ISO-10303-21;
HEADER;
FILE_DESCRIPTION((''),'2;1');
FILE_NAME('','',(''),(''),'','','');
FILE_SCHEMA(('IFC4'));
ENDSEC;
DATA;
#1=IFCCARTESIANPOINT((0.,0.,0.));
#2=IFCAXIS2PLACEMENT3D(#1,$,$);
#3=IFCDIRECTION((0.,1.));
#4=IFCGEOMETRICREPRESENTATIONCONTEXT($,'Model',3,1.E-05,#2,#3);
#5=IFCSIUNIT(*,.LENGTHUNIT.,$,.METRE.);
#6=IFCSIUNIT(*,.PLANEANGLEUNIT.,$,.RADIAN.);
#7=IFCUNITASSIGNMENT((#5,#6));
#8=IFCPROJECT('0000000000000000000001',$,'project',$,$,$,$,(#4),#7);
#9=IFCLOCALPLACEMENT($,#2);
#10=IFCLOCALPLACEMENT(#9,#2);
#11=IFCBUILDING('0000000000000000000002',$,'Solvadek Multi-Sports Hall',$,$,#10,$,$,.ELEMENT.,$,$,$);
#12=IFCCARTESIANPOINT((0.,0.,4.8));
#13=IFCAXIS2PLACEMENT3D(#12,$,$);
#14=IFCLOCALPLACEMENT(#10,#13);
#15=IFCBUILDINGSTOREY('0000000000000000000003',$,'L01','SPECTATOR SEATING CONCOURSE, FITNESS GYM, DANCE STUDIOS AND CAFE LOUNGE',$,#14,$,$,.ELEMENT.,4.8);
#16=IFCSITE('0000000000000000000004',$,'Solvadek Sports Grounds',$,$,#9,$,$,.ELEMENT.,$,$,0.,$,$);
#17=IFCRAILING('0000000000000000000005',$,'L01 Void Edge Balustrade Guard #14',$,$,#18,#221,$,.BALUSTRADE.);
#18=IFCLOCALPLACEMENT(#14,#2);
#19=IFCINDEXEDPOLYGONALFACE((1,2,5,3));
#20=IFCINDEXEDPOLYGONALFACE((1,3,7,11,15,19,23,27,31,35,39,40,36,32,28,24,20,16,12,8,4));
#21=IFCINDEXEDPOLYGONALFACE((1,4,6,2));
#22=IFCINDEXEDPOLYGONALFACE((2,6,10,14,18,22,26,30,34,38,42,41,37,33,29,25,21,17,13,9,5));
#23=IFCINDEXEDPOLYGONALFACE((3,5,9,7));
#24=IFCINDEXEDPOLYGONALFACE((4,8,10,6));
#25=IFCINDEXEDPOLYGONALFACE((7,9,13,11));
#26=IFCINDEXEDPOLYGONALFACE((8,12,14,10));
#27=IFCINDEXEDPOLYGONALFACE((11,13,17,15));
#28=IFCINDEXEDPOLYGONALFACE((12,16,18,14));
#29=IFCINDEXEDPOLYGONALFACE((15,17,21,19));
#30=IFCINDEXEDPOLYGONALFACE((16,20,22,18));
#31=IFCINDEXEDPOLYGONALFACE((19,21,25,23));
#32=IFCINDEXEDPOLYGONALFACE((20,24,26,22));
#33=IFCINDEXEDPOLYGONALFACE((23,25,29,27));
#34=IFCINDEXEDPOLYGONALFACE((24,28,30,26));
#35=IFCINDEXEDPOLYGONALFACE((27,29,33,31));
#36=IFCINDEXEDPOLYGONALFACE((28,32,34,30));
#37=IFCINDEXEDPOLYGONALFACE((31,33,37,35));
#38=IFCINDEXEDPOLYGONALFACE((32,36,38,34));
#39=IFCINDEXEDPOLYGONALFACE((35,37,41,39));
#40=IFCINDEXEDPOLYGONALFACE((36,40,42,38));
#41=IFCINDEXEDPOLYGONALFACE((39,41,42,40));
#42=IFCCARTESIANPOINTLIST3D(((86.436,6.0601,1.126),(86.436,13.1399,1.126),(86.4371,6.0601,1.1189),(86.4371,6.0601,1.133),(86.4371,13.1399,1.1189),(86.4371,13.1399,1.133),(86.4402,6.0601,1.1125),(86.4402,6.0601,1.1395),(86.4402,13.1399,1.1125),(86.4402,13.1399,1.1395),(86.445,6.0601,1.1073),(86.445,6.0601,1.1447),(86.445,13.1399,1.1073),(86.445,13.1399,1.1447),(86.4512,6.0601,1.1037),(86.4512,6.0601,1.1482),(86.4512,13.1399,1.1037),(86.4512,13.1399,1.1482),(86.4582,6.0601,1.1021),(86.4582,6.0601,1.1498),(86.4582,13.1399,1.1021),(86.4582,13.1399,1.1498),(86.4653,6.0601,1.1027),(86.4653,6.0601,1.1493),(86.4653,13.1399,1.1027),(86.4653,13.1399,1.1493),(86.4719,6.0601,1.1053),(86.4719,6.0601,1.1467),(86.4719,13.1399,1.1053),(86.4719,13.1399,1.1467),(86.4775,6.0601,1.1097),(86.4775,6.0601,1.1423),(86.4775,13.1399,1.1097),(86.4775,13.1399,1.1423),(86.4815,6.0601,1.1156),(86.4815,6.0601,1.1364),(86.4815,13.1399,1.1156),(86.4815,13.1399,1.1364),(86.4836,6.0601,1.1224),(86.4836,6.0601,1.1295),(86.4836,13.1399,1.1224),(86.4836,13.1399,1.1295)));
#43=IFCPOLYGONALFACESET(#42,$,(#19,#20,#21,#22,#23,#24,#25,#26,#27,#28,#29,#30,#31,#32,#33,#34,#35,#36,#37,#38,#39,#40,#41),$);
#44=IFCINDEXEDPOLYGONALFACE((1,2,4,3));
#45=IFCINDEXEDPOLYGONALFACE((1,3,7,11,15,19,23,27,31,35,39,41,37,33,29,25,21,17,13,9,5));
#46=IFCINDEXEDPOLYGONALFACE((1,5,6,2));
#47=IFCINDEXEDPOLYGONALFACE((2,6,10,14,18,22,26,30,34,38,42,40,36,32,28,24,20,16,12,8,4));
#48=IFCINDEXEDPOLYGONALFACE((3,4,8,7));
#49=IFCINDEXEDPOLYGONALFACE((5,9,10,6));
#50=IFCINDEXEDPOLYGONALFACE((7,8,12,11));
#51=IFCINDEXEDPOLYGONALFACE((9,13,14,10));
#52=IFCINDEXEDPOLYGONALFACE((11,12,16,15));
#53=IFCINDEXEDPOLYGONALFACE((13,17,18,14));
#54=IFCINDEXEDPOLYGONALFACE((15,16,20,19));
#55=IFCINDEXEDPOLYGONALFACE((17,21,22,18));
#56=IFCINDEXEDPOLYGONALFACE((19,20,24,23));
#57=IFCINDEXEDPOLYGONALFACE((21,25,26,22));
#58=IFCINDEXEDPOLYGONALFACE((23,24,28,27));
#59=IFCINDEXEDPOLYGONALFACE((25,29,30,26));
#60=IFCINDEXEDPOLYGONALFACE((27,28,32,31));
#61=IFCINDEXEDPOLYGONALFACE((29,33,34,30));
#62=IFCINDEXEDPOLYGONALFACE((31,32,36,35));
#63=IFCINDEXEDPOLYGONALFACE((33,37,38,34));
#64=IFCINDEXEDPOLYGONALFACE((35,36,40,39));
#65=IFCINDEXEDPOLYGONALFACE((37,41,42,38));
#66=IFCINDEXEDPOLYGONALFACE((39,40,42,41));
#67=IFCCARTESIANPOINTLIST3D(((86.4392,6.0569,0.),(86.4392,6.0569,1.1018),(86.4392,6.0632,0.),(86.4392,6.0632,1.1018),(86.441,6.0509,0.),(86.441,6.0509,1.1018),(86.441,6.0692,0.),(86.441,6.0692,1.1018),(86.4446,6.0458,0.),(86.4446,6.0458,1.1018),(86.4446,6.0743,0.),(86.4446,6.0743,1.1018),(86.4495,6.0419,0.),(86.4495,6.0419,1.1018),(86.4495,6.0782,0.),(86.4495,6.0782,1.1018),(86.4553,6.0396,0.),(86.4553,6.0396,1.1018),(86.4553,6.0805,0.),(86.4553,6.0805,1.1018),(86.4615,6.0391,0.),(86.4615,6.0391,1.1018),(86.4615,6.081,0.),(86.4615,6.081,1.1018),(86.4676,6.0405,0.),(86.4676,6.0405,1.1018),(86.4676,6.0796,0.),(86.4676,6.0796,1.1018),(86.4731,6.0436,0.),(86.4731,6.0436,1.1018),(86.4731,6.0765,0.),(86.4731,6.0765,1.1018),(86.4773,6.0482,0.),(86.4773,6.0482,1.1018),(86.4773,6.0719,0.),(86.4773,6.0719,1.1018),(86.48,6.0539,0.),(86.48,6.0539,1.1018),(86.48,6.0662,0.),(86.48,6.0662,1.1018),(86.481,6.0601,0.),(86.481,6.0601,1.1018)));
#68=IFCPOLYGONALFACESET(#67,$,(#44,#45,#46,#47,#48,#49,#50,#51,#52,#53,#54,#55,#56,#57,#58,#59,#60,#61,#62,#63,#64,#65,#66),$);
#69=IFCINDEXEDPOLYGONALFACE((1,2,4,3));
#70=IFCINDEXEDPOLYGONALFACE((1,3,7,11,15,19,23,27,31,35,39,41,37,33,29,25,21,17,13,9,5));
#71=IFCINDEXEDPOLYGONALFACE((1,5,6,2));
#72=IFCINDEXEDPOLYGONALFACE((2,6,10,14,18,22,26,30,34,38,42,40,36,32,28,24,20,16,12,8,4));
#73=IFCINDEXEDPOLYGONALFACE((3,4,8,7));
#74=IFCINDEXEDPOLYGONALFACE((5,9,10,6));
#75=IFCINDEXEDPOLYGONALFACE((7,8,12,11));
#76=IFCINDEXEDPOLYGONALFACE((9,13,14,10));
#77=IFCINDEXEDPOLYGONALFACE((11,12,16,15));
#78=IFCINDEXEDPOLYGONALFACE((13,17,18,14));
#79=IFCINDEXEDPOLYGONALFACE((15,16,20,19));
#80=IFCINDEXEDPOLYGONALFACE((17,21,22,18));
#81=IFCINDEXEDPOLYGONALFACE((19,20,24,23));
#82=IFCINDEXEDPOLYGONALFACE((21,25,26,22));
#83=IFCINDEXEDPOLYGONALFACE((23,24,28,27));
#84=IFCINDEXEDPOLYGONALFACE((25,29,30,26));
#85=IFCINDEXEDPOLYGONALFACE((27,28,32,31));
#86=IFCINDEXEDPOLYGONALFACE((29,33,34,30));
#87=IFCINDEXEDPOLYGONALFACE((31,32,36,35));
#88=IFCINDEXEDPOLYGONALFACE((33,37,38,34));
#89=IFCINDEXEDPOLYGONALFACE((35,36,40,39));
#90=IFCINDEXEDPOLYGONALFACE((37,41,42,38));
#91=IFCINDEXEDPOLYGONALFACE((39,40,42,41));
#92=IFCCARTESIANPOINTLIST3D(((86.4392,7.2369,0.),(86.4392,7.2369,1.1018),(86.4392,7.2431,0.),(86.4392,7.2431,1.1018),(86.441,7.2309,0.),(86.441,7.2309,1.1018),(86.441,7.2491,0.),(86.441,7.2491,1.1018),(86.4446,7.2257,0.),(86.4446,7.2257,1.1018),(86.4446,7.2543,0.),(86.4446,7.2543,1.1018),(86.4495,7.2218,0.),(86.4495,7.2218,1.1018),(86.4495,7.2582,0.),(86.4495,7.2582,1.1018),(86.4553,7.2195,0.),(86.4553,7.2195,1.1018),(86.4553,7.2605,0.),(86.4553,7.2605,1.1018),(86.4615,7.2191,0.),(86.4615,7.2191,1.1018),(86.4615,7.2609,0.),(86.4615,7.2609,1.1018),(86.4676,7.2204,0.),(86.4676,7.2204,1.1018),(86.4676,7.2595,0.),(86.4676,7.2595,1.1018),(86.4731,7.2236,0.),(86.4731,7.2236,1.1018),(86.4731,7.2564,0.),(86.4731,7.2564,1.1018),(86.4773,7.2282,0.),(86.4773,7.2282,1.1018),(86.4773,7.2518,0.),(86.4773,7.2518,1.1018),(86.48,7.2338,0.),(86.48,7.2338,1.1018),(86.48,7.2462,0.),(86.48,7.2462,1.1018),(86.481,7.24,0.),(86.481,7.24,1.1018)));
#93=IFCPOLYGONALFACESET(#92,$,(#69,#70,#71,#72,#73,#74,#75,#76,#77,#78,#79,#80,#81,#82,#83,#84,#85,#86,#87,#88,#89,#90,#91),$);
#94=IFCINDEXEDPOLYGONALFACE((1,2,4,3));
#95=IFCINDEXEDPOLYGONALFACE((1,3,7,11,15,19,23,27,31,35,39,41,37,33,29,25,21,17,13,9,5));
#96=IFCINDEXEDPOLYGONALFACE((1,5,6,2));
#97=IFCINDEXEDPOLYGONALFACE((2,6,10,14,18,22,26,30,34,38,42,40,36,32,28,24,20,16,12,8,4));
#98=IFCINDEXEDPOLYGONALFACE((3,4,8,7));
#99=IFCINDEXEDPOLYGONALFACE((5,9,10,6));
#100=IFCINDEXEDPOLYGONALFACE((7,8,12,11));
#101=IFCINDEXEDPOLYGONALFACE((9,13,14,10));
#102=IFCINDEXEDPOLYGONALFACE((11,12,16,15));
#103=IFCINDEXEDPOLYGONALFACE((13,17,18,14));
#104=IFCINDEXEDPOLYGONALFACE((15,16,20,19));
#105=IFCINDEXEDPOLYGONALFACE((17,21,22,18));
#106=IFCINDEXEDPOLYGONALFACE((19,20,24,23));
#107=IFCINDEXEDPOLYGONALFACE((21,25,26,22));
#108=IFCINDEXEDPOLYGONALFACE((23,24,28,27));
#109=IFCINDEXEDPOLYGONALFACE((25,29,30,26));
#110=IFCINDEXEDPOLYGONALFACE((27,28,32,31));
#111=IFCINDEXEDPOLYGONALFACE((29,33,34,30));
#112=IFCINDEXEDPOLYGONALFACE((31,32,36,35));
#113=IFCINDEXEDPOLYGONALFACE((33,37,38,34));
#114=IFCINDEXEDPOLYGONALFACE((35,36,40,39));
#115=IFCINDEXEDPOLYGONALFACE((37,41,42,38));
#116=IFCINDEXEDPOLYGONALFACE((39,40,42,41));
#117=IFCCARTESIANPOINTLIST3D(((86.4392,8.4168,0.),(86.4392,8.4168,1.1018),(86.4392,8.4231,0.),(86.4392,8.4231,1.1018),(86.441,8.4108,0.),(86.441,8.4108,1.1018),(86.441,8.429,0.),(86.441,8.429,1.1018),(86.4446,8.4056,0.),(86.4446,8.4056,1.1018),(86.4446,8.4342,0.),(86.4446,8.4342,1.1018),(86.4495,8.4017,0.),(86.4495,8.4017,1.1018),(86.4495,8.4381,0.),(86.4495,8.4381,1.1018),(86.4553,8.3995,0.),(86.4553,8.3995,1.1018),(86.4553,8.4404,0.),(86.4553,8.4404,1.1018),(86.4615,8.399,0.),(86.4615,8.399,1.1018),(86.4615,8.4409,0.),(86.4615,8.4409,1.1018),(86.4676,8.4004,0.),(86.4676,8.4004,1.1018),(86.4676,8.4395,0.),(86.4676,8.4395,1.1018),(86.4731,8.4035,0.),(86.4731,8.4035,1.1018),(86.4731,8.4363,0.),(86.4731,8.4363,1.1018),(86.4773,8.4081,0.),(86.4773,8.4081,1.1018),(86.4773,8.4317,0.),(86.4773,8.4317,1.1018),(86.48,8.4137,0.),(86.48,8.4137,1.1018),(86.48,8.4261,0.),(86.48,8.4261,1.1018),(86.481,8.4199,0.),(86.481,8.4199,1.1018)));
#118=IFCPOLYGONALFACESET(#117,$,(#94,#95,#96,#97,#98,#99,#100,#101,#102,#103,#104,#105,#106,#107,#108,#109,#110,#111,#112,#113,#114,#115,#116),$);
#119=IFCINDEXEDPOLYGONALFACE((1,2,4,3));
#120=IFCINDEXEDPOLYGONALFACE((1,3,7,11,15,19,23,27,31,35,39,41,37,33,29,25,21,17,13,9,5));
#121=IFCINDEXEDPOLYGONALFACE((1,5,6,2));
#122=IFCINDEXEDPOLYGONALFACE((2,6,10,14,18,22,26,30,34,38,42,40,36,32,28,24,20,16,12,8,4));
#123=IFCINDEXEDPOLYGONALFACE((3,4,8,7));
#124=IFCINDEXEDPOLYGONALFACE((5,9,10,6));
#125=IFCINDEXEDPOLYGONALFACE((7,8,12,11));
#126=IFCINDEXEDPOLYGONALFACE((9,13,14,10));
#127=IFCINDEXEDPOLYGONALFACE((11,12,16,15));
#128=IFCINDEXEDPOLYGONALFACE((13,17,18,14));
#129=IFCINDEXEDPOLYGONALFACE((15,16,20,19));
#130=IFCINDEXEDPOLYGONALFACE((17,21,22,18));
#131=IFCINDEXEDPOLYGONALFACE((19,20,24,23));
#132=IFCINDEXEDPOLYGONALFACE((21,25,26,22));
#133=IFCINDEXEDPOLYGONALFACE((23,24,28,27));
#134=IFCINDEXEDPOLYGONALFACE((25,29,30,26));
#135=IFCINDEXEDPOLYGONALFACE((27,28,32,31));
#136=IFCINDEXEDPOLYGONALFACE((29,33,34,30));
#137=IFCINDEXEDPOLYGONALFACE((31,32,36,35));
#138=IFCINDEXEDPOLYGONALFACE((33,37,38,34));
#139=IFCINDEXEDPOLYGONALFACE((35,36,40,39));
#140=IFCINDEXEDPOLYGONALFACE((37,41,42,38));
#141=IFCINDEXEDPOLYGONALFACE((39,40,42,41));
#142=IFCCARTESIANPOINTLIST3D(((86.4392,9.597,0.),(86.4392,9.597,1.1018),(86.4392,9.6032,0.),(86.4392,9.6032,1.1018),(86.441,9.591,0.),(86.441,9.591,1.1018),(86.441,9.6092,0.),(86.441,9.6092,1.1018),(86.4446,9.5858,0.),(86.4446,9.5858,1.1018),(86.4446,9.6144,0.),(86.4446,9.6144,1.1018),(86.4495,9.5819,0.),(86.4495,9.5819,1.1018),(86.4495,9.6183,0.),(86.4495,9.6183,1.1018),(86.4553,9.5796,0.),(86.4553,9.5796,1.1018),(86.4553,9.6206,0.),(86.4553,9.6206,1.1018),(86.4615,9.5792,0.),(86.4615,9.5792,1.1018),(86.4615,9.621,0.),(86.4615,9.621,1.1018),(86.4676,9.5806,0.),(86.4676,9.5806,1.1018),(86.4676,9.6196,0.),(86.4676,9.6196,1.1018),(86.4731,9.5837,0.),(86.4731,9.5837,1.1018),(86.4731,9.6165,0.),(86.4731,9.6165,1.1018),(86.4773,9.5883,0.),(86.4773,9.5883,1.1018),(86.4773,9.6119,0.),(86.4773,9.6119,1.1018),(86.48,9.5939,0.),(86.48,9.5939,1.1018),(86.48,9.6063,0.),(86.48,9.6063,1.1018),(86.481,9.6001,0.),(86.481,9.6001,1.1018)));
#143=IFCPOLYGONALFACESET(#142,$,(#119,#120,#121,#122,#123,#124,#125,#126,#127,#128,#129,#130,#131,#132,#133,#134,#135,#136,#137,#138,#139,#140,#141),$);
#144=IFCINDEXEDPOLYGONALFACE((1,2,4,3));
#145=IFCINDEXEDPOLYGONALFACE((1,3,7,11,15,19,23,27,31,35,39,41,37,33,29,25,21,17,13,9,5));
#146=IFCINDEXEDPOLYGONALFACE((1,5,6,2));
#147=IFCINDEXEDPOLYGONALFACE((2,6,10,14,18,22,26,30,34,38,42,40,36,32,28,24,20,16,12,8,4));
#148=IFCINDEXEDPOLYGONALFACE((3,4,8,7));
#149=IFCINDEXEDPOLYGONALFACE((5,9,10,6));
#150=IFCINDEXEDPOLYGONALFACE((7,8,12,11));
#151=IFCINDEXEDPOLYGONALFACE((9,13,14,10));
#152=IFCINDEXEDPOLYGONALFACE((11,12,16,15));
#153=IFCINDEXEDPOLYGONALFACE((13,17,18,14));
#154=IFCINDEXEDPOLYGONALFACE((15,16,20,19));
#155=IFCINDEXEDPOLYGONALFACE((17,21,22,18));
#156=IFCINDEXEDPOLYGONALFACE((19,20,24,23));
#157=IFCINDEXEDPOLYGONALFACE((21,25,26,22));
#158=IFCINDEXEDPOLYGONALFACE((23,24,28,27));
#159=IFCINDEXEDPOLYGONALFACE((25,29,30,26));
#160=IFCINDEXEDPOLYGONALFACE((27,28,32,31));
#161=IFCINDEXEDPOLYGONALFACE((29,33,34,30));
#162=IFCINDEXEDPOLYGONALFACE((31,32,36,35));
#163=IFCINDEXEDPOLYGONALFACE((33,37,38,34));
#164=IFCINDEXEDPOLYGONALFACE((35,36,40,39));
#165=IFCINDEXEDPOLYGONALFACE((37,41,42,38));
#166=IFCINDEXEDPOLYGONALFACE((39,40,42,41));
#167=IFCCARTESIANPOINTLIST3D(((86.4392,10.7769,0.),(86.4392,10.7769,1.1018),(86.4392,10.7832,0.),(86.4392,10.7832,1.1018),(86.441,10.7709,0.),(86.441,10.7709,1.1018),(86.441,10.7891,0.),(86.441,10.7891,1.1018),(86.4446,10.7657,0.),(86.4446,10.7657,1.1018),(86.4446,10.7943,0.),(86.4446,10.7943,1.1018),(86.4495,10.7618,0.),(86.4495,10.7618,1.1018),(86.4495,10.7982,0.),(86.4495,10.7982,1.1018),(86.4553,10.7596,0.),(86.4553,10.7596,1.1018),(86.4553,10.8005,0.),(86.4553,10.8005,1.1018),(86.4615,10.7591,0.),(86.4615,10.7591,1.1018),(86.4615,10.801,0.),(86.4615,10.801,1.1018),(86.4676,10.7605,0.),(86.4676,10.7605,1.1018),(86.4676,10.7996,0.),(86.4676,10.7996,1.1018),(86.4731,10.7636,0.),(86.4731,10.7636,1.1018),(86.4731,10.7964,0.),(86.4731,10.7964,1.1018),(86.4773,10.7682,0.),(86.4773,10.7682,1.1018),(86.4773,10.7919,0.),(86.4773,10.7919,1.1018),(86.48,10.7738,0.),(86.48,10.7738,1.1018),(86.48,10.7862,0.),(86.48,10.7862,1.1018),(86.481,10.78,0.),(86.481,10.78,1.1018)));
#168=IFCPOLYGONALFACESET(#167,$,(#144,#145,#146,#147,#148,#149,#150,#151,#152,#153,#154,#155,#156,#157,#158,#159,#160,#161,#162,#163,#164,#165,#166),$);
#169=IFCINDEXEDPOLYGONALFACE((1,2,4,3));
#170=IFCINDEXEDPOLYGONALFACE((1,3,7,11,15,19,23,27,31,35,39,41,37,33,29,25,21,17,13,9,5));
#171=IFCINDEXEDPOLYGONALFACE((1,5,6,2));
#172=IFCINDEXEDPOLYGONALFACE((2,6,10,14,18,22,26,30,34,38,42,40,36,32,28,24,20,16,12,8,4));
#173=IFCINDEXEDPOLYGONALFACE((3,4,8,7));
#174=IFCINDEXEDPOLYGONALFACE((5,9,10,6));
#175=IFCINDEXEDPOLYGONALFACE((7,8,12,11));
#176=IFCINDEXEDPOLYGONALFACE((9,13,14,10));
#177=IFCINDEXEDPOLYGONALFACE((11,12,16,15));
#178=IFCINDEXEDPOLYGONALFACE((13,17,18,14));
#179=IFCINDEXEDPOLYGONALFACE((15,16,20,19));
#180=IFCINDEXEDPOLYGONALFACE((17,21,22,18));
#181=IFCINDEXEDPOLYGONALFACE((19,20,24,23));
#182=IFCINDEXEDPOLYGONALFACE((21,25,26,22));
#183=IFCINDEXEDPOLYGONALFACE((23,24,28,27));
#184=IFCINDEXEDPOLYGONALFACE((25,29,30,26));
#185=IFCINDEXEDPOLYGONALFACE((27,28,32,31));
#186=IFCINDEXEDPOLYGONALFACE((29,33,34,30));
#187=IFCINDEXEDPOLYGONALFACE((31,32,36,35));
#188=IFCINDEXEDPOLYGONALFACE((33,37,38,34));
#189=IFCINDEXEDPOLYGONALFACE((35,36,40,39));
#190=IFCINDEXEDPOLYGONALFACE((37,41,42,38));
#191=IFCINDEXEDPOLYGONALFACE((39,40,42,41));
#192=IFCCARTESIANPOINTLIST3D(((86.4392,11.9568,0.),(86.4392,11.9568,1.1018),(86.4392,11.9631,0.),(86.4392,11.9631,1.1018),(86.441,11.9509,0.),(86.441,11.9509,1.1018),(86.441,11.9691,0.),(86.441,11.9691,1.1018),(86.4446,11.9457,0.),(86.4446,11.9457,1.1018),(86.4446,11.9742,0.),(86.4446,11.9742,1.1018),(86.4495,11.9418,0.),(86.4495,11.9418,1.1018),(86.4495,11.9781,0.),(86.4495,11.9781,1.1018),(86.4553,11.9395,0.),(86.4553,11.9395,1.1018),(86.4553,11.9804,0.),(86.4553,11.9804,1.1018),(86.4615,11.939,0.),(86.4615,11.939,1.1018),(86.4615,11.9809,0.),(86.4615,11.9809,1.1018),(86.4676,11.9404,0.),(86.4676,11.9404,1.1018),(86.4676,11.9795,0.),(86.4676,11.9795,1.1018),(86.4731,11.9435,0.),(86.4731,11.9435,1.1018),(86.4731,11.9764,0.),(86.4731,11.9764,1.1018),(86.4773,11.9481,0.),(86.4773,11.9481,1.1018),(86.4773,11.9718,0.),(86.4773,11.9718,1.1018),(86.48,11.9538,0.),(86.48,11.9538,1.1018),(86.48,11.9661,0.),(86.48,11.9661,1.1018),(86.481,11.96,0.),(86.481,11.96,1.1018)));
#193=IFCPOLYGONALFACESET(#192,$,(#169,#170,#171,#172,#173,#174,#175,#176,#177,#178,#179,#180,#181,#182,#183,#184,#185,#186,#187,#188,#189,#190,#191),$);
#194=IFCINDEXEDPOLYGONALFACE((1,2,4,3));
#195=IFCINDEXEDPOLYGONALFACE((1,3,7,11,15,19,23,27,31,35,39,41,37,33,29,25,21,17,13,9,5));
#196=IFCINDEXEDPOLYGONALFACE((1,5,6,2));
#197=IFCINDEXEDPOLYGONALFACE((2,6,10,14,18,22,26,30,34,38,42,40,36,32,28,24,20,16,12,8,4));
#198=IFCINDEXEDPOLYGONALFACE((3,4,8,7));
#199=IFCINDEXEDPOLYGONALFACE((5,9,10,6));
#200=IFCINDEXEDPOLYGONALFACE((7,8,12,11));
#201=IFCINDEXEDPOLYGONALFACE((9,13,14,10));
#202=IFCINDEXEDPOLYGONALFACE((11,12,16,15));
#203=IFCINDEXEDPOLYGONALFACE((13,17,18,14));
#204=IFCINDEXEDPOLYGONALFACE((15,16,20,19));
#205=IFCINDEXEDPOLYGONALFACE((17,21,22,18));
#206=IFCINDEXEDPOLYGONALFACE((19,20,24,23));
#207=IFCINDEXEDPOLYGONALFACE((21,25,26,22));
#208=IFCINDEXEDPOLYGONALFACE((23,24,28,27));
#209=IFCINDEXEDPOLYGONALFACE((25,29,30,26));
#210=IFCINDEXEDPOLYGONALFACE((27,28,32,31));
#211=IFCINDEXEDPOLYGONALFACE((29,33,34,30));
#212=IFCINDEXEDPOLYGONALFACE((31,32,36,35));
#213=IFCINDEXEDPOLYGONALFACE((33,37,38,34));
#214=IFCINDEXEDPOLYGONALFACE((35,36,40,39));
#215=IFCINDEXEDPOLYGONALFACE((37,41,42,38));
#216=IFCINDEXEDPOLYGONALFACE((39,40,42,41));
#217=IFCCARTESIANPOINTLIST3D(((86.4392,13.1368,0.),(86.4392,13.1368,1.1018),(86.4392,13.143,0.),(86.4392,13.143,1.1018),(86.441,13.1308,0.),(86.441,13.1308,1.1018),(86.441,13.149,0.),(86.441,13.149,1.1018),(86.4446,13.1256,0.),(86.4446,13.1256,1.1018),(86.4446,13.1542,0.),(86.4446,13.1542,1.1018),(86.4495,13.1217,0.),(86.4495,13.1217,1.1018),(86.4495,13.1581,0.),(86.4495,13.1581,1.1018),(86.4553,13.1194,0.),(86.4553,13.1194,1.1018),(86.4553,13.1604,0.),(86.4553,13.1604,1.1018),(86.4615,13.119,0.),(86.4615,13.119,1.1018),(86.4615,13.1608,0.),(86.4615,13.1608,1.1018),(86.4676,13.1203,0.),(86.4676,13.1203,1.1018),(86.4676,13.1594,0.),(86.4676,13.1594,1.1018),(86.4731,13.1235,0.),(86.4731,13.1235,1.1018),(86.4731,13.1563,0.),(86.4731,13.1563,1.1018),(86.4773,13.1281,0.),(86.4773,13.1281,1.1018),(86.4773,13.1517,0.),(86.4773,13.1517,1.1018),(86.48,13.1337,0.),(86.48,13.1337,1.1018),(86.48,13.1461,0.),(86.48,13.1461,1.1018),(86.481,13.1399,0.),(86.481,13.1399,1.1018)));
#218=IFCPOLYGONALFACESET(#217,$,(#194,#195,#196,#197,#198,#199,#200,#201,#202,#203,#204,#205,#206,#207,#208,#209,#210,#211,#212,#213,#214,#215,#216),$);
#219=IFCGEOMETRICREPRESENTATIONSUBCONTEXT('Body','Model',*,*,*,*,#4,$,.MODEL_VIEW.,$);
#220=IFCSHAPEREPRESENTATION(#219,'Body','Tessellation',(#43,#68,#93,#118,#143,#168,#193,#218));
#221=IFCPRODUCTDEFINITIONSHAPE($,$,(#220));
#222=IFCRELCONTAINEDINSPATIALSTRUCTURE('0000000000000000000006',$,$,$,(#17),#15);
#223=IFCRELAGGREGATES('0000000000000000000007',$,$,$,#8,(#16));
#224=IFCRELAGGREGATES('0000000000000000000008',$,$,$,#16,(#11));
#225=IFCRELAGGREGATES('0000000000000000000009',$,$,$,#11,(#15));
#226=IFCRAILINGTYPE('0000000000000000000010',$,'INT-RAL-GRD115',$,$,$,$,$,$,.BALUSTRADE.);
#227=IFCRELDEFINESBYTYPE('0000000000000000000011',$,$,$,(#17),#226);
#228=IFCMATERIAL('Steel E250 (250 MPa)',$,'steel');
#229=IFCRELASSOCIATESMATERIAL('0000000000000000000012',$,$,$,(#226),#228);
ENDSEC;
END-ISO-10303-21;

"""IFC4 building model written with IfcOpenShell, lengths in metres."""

from ifc_helpers import new_model, si_unit, direction, frame, origin, origin_2d, place, context, subcontext, project, spatial, circle, extrude, material, type_object, element, save


model = new_model("IFC4")

# Units and contexts
model_context = context("Model", 3, precision=1e-05, world=origin(), true_north=direction((0.0, 1.0)))
body_context = subcontext(model_context, "Body", "Model", "MODEL_VIEW")
ifc_project = project(units=[si_unit("LENGTHUNIT", "METRE"), si_unit("PLANEANGLEUNIT", "RADIAN")], contexts=[model_context])

# Site, building, storey
site_placement = place(None, origin())
site = spatial("IfcSite", under=ifc_project, at=site_placement, Name="Solvadek Sports Grounds", CompositionType="ELEMENT", RefElevation=0.0)
building_placement = place(site_placement, origin())
building = spatial("IfcBuilding", under=site, at=building_placement, Name="Solvadek Multi-Sports Hall", CompositionType="ELEMENT")
storey_placement = place(building_placement, frame((0.0, 0.0, 4.8)))
storey = spatial("IfcBuildingStorey", under=building, at=storey_placement, Name="L01", Description="SPECTATOR SEATING CONCOURSE, FITNESS GYM, DANCE STUDIOS AND CAFE LOUNGE", CompositionType="ELEMENT", Elevation=4.8)

# Railing
ifc_material_1 = material(Name="Steel E250 (250 MPa)", Category="steel")
railing_type = type_object("IfcRailingType", Name="INT-RAL-GRD115", PredefinedType="BALUSTRADE", material=ifc_material_1)
railing_1_placement = place(storey_placement, frame((86.46, 6.0601, 0.0)))
element("IfcRailing", 1, at=railing_1_placement, inside=storey, type_object=railing_type, Name="L01 Void Edge Balustrade Guard #14", PredefinedType="BALUSTRADE", context=body_context, shape_type="SweptSolid", body=[
    extrude(circle(Radius=0.0239, at=origin_2d()), frame((0.0, 0.0, 1.126), z_axis=(0.0, 1.0, 0.0), x_axis=(-1.0, 0.0, 0.0)), (0.0, 0.0, 1.0), 7.0798),
    extrude(circle(Radius=0.021, at=origin_2d()), origin(), (0.0, 0.0, 1.0), 1.1018),
    extrude(circle(Radius=0.021, at=origin_2d()), frame((0.0, 1.1799, 0.0)), (0.0, 0.0, 1.0), 1.1018),
    extrude(circle(Radius=0.021, at=origin_2d()), frame((0.0, 2.3599, 0.0)), (0.0, 0.0, 1.0), 1.1018),
    extrude(circle(Radius=0.021, at=origin_2d()), frame((0.0, 3.54, 0.0)), (0.0, 0.0, 1.0), 1.1018),
    extrude(circle(Radius=0.021, at=origin_2d()), frame((0.0, 4.72, 0.0)), (0.0, 0.0, 1.0), 1.1018),
    extrude(circle(Radius=0.021, at=origin_2d()), frame((0.0, 5.8999, 0.0)), (0.0, 0.0, 1.0), 1.1018),
    extrude(circle(Radius=0.021, at=origin_2d()), frame((0.0, 7.0798, 0.0)), (0.0, 0.0, 1.0), 1.1018),
])

save(model, "model.ifc")
